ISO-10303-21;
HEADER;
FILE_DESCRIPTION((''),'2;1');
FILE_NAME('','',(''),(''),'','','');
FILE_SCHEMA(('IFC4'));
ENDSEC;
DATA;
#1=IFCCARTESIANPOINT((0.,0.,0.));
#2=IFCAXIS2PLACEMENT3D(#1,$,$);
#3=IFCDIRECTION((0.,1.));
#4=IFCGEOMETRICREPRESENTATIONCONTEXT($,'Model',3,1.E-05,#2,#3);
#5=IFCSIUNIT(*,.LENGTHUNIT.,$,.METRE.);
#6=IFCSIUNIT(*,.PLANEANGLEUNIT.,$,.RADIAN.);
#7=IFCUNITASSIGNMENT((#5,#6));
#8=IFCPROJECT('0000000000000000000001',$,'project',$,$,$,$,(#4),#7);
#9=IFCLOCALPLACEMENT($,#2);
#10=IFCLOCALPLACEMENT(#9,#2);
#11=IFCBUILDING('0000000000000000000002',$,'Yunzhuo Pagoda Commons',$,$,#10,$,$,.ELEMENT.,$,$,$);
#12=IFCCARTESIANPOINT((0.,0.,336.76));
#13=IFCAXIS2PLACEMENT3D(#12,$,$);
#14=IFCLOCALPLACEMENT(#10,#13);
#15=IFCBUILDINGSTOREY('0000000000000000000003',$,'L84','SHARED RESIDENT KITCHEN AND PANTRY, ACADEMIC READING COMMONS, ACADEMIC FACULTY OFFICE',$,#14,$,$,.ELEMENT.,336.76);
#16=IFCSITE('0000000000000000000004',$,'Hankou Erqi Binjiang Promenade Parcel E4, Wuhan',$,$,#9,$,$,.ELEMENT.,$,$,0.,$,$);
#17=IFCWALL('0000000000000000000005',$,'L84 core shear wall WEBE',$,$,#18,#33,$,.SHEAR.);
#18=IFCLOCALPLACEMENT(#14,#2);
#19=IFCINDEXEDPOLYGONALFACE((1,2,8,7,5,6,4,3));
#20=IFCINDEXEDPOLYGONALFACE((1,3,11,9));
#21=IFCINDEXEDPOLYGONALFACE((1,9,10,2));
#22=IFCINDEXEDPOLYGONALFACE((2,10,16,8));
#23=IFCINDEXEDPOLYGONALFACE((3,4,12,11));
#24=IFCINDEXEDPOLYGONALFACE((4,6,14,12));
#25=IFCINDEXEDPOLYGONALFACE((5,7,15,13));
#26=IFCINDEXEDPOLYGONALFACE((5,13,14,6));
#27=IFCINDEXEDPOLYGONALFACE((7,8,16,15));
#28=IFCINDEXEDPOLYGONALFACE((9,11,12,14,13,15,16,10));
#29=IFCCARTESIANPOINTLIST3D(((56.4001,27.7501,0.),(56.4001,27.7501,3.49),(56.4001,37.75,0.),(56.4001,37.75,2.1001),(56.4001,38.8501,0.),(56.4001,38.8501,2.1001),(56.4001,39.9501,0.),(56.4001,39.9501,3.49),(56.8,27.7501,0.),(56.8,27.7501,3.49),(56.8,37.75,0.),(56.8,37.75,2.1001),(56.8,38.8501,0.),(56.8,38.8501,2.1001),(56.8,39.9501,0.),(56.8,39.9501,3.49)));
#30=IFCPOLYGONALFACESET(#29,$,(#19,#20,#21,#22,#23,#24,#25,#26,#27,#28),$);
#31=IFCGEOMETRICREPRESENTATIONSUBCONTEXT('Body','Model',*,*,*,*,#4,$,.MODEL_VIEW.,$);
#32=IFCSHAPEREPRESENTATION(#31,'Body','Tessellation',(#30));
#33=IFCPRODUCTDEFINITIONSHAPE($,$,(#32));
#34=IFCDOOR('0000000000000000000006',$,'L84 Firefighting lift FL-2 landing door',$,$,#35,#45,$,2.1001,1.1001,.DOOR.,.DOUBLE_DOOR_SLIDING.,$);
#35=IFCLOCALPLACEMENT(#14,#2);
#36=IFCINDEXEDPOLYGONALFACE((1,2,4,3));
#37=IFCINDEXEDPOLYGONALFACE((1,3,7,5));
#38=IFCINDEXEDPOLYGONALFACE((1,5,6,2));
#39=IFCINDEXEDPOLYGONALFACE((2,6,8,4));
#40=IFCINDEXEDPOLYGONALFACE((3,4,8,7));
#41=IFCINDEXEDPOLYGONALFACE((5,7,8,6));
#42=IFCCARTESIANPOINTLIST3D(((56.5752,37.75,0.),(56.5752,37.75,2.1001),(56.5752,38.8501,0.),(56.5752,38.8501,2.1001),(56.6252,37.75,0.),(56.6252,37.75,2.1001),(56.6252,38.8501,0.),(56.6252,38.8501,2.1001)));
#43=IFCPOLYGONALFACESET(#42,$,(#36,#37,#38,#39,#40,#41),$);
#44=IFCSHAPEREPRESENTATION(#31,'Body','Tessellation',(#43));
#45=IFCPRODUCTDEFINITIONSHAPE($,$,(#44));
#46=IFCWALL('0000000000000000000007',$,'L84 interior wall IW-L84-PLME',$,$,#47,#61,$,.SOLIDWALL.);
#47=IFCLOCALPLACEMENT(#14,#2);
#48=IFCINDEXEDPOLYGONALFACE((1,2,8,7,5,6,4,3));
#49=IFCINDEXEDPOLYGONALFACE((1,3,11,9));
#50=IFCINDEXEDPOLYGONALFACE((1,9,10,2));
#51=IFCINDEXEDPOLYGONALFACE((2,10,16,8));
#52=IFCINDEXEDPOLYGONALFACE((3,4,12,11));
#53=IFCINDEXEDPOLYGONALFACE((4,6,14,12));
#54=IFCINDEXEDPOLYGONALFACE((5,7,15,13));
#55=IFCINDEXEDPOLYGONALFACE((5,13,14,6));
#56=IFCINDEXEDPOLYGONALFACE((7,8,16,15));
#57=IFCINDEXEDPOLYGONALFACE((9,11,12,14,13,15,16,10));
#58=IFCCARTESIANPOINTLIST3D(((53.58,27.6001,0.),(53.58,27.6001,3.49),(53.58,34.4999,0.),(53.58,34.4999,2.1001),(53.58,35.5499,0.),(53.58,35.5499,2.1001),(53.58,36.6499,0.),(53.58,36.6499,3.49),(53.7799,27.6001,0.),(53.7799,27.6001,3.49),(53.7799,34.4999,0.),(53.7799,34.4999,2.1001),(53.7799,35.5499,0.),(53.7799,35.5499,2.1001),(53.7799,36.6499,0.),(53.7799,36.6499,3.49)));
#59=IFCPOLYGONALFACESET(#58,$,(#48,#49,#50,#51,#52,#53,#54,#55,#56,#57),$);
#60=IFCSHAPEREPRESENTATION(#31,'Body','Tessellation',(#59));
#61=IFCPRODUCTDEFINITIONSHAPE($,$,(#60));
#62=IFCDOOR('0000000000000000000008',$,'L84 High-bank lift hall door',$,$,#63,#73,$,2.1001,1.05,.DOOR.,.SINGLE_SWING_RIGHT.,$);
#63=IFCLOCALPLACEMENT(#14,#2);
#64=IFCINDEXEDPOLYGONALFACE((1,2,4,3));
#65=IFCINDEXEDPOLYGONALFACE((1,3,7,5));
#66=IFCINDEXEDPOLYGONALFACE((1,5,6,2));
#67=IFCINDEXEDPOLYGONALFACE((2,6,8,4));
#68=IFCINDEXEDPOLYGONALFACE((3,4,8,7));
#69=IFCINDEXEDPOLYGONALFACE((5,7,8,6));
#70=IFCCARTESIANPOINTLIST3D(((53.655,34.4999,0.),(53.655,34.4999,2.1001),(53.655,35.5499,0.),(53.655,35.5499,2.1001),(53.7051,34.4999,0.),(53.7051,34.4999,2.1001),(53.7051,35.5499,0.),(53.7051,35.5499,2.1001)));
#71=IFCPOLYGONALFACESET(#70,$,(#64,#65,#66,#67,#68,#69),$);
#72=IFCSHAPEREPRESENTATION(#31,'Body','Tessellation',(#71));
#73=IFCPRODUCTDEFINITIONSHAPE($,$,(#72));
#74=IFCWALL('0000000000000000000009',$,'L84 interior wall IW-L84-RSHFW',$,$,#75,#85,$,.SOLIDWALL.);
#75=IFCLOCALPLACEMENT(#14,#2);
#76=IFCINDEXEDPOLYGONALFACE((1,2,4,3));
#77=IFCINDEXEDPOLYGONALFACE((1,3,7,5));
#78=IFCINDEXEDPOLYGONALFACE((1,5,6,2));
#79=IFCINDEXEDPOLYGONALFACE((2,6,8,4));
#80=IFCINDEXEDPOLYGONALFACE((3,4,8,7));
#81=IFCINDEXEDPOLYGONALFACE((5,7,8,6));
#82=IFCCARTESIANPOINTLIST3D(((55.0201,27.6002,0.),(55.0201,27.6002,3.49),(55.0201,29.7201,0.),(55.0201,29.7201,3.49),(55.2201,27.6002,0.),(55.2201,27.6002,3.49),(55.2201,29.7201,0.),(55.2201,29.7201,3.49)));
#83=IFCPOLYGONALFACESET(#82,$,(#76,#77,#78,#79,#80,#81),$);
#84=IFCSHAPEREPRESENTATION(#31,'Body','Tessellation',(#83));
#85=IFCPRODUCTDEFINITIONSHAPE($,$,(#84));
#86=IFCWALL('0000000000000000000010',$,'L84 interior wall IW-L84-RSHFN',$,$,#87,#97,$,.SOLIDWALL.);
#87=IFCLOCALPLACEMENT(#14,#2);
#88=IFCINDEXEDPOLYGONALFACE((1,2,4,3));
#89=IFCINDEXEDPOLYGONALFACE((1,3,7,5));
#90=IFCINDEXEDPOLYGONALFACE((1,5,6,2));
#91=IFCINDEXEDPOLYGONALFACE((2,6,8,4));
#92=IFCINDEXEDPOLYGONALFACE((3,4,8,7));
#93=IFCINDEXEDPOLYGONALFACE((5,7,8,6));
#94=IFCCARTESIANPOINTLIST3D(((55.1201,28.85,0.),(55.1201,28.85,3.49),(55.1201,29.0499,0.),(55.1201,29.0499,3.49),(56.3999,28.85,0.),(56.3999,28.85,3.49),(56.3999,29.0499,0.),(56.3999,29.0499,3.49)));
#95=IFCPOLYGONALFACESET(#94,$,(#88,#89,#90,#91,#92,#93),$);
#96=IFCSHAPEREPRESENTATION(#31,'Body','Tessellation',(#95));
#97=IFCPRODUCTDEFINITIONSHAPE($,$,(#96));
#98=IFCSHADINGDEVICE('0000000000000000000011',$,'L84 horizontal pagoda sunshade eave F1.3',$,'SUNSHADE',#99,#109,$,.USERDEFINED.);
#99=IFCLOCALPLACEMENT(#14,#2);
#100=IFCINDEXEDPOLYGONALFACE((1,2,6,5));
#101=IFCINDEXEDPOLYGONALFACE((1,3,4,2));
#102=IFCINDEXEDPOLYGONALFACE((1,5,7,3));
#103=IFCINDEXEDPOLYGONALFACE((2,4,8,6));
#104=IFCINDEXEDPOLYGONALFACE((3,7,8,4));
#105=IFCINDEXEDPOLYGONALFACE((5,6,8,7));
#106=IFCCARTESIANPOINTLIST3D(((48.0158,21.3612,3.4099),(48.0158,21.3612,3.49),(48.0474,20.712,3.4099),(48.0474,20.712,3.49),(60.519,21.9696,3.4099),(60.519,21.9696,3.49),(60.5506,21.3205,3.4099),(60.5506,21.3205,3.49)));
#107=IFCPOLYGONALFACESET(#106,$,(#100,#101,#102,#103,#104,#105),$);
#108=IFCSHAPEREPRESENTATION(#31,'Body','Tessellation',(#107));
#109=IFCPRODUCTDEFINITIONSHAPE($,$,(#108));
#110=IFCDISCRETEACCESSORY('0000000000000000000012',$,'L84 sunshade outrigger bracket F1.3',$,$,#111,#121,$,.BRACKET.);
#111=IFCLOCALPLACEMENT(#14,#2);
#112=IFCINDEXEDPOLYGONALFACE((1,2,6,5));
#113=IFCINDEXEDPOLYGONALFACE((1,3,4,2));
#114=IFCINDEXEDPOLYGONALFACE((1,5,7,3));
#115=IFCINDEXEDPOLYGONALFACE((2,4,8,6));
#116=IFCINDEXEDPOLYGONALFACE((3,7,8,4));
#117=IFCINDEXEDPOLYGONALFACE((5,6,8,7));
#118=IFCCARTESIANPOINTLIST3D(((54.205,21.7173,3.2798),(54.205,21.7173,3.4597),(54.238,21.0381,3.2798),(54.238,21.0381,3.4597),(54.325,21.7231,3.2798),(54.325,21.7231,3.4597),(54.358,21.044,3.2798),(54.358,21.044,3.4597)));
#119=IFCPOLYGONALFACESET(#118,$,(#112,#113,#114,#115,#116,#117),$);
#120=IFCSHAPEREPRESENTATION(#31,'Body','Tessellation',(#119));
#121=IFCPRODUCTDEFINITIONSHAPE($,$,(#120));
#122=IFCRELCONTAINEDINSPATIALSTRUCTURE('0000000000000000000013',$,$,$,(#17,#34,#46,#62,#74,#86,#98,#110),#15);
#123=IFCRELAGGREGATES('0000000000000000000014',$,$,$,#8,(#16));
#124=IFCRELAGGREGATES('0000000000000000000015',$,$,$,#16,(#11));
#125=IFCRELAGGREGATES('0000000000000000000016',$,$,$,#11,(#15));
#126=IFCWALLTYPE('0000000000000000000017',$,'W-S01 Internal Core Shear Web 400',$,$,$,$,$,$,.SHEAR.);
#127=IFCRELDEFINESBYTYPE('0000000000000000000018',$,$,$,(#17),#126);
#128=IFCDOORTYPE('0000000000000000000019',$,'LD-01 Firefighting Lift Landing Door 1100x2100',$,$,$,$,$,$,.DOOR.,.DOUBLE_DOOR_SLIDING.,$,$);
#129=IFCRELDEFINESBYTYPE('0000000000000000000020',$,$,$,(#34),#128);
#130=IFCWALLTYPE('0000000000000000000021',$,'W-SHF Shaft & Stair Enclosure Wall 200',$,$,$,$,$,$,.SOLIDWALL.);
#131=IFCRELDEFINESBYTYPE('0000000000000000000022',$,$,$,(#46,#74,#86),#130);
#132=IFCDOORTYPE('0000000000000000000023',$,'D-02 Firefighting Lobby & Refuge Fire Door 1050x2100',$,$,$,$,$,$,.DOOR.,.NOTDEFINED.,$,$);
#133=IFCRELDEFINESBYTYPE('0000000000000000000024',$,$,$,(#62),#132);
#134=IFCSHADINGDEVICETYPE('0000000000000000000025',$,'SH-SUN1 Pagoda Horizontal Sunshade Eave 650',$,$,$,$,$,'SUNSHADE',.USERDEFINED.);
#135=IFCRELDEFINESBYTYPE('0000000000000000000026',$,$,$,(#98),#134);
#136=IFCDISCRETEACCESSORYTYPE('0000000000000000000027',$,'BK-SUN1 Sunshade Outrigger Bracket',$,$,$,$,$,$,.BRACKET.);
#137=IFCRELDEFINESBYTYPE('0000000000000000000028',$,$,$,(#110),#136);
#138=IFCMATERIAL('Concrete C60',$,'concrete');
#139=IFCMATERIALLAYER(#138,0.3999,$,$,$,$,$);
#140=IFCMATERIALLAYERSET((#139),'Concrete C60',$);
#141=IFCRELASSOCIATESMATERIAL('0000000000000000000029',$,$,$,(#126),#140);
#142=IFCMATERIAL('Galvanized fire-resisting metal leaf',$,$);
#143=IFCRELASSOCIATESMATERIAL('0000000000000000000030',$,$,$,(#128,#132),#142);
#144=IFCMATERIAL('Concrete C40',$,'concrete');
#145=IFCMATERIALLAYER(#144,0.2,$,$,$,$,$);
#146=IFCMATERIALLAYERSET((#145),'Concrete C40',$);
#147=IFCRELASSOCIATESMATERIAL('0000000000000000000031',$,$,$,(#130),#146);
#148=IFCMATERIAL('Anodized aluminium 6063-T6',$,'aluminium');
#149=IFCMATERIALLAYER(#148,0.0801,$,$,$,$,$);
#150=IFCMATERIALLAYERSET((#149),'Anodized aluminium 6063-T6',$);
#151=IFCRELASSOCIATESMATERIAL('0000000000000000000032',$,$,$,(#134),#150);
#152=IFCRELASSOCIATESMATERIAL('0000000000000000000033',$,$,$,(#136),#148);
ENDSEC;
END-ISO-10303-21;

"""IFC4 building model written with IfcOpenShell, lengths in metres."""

from ifc_helpers import new_model, si_unit, direction, frame, frame_2d, origin, origin_with_axes, origin_2d, place, context, subcontext, project, spatial, rectangle, extrude, source, transform, mapped, material, layer, layer_set, type_object, element, fill, save


model = new_model("IFC4")

# Units and contexts
model_context = context("Model", 3, precision=1e-05, world=origin(), true_north=direction((0.0, 1.0)))
body_context = subcontext(model_context, "Body", "Model", "MODEL_VIEW")
ifc_project = project(units=[si_unit("LENGTHUNIT", "METRE"), si_unit("PLANEANGLEUNIT", "RADIAN")], contexts=[model_context])

# Site, building, storey
site_placement = place(None, origin())
site = spatial("IfcSite", under=ifc_project, at=site_placement, Name="Hankou Erqi Binjiang Promenade Parcel E4, Wuhan", CompositionType="ELEMENT", RefElevation=0.0)
building_placement = place(site_placement, origin())
building = spatial("IfcBuilding", under=site, at=building_placement, Name="Yunzhuo Pagoda Commons", CompositionType="ELEMENT")
storey_placement = place(building_placement, frame((0.0, 0.0, 336.76)))
storey = spatial("IfcBuildingStorey", under=building, at=storey_placement, Name="L84", Description="SHARED RESIDENT KITCHEN AND PANTRY, ACADEMIC READING COMMONS, ACADEMIC FACULTY OFFICE", CompositionType="ELEMENT", Elevation=336.76)

# Shared definitions
ifc_material_1 = material(Name="Anodized aluminium 6063-T6", Category="aluminium")

# Walls, openings, doors
ifc_material_2 = material(Name="Concrete C60", Category="concrete")
ifc_layer_1 = layer(ifc_material_2, 0.3999)
ifc_layer_set_1 = layer_set([ifc_layer_1], Name="Concrete C60")
wall_type_1 = type_object("IfcWallType", Name="W-S01 Internal Core Shear Web 400", PredefinedType="SHEAR", material=ifc_layer_set_1)
wall_1_placement = place(storey_placement, frame((56.6001, 27.75, 0.0), z_axis=(0.0, 0.0, 1.0), x_axis=(0.0, 1.0, 0.0)))
wall_1 = element("IfcWall", 1, at=wall_1_placement, inside=storey, type_object=wall_type_1, Name="L84 core shear wall WEBE", PredefinedType="SHEAR", context=body_context, shape_type="SweptSolid", body=[
    extrude(rectangle(XDim=12.2, YDim=0.3999, at=frame_2d((6.1001, 0.0))), origin(), (0.0, 0.0, 1.0), 3.49),
])
opening_1_placement = place(wall_1_placement, frame((10.0, 0.0, 0.0)))
opening_1 = element("IfcOpeningElement", 2, at=opening_1_placement, cuts=wall_1, PredefinedType="OPENING", context=body_context, shape_type="SweptSolid", body=[
    extrude(rectangle(XDim=1.1001, YDim=2.1001, at=frame_2d((0.55, 1.05))), frame((0.0, 0.21, 0.0), z_axis=(0.0, -1.0, 0.0), x_axis=(1.0, 0.0, 0.0)), (0.0, 0.0, 1.0), 0.4199),
])
ifc_material_3 = material(Name="Galvanized fire-resisting metal leaf")
door_type_1 = type_object("IfcDoorType", Name="LD-01 Firefighting Lift Landing Door 1100x2100", OperationType="DOUBLE_DOOR_SLIDING", PredefinedType="DOOR", material=ifc_material_3)
shared_shape_1 = source(origin(), body_context, "Body", "SweptSolid", [
    extrude(rectangle(XDim=1.1001, YDim=2.1001, at=frame_2d((0.55, 1.05))), frame((0.0, 0.0249, 0.0), z_axis=(0.0, -1.0, 0.0), x_axis=(1.0, 0.0, 0.0)), (0.0, 0.0, 1.0), 0.05),
])
door_1_placement = place(opening_1_placement, origin_with_axes())
door_1 = element("IfcDoor", 3, at=door_1_placement, inside=storey, type_object=door_type_1, Name="L84 Firefighting lift FL-2 landing door", OperationType="DOUBLE_DOOR_SLIDING", OverallHeight=2.1001, OverallWidth=1.1001, PredefinedType="DOOR", context=body_context, shape_type="MappedRepresentation", body=[
    mapped(shared_shape_1, transform((0.0, 0.0, 0.0), scale=1.0)),
])
fill(opening_1, door_1)
ifc_material_4 = material(Name="Concrete C40", Category="concrete")
ifc_layer_2 = layer(ifc_material_4, 0.2)
ifc_layer_set_2 = layer_set([ifc_layer_2], Name="Concrete C40")
wall_type_2 = type_object("IfcWallType", Name="W-SHF Shaft & Stair Enclosure Wall 200", PredefinedType="SOLIDWALL", material=ifc_layer_set_2)
wall_2_placement = place(storey_placement, frame((53.6799, 27.6001, 0.0), z_axis=(0.0, 0.0, 1.0), x_axis=(0.0, 1.0, 0.0)))
wall_2 = element("IfcWall", 4, at=wall_2_placement, inside=storey, type_object=wall_type_2, Name="L84 interior wall IW-L84-PLME", PredefinedType="SOLIDWALL", context=body_context, shape_type="SweptSolid", body=[
    extrude(rectangle(XDim=9.0498, YDim=0.2, at=frame_2d((4.5249, 0.0))), origin(), (0.0, 0.0, 1.0), 3.49),
])
opening_2_placement = place(wall_2_placement, frame((6.8999, 0.0, 0.0)))
opening_2 = element("IfcOpeningElement", 5, at=opening_2_placement, cuts=wall_2, PredefinedType="OPENING", context=body_context, shape_type="SweptSolid", body=[
    extrude(rectangle(XDim=1.05, YDim=2.1001, at=frame_2d((0.5249, 1.05))), frame((0.0, 0.1099, 0.0), z_axis=(0.0, -1.0, 0.0), x_axis=(1.0, 0.0, 0.0)), (0.0, 0.0, 1.0), 0.22),
])
door_type_2 = type_object("IfcDoorType", Name="D-02 Firefighting Lobby & Refuge Fire Door 1050x2100", OperationType="NOTDEFINED", PredefinedType="DOOR", material=ifc_material_3)
shared_shape_2 = source(origin(), body_context, "Body", "SweptSolid", [
    extrude(rectangle(XDim=1.05, YDim=2.1001, at=frame_2d((0.5249, 1.05))), frame((0.0, 0.0249, 0.0), z_axis=(0.0, -1.0, 0.0), x_axis=(1.0, 0.0, 0.0)), (0.0, 0.0, 1.0), 0.05),
])
door_2_placement = place(opening_2_placement, origin_with_axes())
door_2 = element("IfcDoor", 6, at=door_2_placement, inside=storey, type_object=door_type_2, Name="L84 High-bank lift hall door", OperationType="SINGLE_SWING_RIGHT", OverallHeight=2.1001, OverallWidth=1.05, PredefinedType="DOOR", context=body_context, shape_type="MappedRepresentation", body=[
    mapped(shared_shape_2, transform((0.0, 0.0, 0.0), scale=1.0)),
])
fill(opening_2, door_2)

# Walls
wall_3_placement = place(storey_placement, frame((55.1201, 27.6001, 0.0), z_axis=(0.0, 0.0, 1.0), x_axis=(0.0, 1.0, 0.0)))
element("IfcWall", 7, at=wall_3_placement, inside=storey, type_object=wall_type_2, Name="L84 interior wall IW-L84-RSHFW", PredefinedType="SOLIDWALL", context=body_context, shape_type="SweptSolid", body=[
    extrude(rectangle(XDim=2.1199, YDim=0.2, at=frame_2d((1.0601, 0.0))), origin(), (0.0, 0.0, 1.0), 3.49),
])
wall_4_placement = place(storey_placement, frame((55.1201, 28.95, 0.0), z_axis=(0.0, 0.0, 1.0), x_axis=(1.0, 0.0, 0.0)))
element("IfcWall", 8, at=wall_4_placement, inside=storey, type_object=wall_type_2, Name="L84 interior wall IW-L84-RSHFN", PredefinedType="SOLIDWALL", context=body_context, shape_type="SweptSolid", body=[
    extrude(rectangle(XDim=1.2798, YDim=0.2, at=frame_2d((0.6399, 0.0))), origin(), (0.0, 0.0, 1.0), 3.49),
])

# Shading device
ifc_layer_3 = layer(ifc_material_1, 0.0801)
ifc_layer_set_3 = layer_set([ifc_layer_3], Name="Anodized aluminium 6063-T6")
shading_device_type = type_object("IfcShadingDeviceType", Name="SH-SUN1 Pagoda Horizontal Sunshade Eave 650", ElementType="SUNSHADE", PredefinedType="USERDEFINED", material=ifc_layer_set_3)
shared_shape_3 = source(origin(), body_context, "Body", "SweptSolid", [
    extrude(rectangle(XDim=12.5181, YDim=0.6499, at=origin_2d()), origin(), (0.0, 0.0, 1.0), 0.0801),
])
shading_device_placement = place(storey_placement, frame((54.2832, 21.3408, 3.4099), z_axis=(0.0, 0.0, 1.0), x_axis=(0.998818, 0.048606, 0.0)))
element("IfcShadingDevice", 9, at=shading_device_placement, inside=storey, type_object=shading_device_type, Name="L84 horizontal pagoda sunshade eave F1.3", ObjectType="SUNSHADE", PredefinedType="USERDEFINED", context=body_context, shape_type="MappedRepresentation", body=[
    mapped(shared_shape_3, transform((0.0, 0.0, 0.0), scale=1.0)),
])

# Discrete accessory
discrete_accessory_type = type_object("IfcDiscreteAccessoryType", Name="BK-SUN1 Sunshade Outrigger Bracket", PredefinedType="BRACKET", material=ifc_material_1)
shared_shape_4 = source(origin(), body_context, "Body", "SweptSolid", [
    extrude(rectangle(XDim=0.1201, YDim=0.6799, at=origin_2d()), origin(), (0.0, 0.0, 1.0), 0.1799),
])
discrete_accessory_placement = place(storey_placement, frame((54.2815, 21.3806, 3.2798), z_axis=(0.0, 0.0, 1.0), x_axis=(0.998818, 0.048606, 0.0)))
element("IfcDiscreteAccessory", 10, at=discrete_accessory_placement, inside=storey, type_object=discrete_accessory_type, Name="L84 sunshade outrigger bracket F1.3", PredefinedType="BRACKET", context=body_context, shape_type="MappedRepresentation", body=[
    mapped(shared_shape_4, transform((0.0, 0.0, 0.0), scale=1.0)),
])

save(model, "model.ifc")
